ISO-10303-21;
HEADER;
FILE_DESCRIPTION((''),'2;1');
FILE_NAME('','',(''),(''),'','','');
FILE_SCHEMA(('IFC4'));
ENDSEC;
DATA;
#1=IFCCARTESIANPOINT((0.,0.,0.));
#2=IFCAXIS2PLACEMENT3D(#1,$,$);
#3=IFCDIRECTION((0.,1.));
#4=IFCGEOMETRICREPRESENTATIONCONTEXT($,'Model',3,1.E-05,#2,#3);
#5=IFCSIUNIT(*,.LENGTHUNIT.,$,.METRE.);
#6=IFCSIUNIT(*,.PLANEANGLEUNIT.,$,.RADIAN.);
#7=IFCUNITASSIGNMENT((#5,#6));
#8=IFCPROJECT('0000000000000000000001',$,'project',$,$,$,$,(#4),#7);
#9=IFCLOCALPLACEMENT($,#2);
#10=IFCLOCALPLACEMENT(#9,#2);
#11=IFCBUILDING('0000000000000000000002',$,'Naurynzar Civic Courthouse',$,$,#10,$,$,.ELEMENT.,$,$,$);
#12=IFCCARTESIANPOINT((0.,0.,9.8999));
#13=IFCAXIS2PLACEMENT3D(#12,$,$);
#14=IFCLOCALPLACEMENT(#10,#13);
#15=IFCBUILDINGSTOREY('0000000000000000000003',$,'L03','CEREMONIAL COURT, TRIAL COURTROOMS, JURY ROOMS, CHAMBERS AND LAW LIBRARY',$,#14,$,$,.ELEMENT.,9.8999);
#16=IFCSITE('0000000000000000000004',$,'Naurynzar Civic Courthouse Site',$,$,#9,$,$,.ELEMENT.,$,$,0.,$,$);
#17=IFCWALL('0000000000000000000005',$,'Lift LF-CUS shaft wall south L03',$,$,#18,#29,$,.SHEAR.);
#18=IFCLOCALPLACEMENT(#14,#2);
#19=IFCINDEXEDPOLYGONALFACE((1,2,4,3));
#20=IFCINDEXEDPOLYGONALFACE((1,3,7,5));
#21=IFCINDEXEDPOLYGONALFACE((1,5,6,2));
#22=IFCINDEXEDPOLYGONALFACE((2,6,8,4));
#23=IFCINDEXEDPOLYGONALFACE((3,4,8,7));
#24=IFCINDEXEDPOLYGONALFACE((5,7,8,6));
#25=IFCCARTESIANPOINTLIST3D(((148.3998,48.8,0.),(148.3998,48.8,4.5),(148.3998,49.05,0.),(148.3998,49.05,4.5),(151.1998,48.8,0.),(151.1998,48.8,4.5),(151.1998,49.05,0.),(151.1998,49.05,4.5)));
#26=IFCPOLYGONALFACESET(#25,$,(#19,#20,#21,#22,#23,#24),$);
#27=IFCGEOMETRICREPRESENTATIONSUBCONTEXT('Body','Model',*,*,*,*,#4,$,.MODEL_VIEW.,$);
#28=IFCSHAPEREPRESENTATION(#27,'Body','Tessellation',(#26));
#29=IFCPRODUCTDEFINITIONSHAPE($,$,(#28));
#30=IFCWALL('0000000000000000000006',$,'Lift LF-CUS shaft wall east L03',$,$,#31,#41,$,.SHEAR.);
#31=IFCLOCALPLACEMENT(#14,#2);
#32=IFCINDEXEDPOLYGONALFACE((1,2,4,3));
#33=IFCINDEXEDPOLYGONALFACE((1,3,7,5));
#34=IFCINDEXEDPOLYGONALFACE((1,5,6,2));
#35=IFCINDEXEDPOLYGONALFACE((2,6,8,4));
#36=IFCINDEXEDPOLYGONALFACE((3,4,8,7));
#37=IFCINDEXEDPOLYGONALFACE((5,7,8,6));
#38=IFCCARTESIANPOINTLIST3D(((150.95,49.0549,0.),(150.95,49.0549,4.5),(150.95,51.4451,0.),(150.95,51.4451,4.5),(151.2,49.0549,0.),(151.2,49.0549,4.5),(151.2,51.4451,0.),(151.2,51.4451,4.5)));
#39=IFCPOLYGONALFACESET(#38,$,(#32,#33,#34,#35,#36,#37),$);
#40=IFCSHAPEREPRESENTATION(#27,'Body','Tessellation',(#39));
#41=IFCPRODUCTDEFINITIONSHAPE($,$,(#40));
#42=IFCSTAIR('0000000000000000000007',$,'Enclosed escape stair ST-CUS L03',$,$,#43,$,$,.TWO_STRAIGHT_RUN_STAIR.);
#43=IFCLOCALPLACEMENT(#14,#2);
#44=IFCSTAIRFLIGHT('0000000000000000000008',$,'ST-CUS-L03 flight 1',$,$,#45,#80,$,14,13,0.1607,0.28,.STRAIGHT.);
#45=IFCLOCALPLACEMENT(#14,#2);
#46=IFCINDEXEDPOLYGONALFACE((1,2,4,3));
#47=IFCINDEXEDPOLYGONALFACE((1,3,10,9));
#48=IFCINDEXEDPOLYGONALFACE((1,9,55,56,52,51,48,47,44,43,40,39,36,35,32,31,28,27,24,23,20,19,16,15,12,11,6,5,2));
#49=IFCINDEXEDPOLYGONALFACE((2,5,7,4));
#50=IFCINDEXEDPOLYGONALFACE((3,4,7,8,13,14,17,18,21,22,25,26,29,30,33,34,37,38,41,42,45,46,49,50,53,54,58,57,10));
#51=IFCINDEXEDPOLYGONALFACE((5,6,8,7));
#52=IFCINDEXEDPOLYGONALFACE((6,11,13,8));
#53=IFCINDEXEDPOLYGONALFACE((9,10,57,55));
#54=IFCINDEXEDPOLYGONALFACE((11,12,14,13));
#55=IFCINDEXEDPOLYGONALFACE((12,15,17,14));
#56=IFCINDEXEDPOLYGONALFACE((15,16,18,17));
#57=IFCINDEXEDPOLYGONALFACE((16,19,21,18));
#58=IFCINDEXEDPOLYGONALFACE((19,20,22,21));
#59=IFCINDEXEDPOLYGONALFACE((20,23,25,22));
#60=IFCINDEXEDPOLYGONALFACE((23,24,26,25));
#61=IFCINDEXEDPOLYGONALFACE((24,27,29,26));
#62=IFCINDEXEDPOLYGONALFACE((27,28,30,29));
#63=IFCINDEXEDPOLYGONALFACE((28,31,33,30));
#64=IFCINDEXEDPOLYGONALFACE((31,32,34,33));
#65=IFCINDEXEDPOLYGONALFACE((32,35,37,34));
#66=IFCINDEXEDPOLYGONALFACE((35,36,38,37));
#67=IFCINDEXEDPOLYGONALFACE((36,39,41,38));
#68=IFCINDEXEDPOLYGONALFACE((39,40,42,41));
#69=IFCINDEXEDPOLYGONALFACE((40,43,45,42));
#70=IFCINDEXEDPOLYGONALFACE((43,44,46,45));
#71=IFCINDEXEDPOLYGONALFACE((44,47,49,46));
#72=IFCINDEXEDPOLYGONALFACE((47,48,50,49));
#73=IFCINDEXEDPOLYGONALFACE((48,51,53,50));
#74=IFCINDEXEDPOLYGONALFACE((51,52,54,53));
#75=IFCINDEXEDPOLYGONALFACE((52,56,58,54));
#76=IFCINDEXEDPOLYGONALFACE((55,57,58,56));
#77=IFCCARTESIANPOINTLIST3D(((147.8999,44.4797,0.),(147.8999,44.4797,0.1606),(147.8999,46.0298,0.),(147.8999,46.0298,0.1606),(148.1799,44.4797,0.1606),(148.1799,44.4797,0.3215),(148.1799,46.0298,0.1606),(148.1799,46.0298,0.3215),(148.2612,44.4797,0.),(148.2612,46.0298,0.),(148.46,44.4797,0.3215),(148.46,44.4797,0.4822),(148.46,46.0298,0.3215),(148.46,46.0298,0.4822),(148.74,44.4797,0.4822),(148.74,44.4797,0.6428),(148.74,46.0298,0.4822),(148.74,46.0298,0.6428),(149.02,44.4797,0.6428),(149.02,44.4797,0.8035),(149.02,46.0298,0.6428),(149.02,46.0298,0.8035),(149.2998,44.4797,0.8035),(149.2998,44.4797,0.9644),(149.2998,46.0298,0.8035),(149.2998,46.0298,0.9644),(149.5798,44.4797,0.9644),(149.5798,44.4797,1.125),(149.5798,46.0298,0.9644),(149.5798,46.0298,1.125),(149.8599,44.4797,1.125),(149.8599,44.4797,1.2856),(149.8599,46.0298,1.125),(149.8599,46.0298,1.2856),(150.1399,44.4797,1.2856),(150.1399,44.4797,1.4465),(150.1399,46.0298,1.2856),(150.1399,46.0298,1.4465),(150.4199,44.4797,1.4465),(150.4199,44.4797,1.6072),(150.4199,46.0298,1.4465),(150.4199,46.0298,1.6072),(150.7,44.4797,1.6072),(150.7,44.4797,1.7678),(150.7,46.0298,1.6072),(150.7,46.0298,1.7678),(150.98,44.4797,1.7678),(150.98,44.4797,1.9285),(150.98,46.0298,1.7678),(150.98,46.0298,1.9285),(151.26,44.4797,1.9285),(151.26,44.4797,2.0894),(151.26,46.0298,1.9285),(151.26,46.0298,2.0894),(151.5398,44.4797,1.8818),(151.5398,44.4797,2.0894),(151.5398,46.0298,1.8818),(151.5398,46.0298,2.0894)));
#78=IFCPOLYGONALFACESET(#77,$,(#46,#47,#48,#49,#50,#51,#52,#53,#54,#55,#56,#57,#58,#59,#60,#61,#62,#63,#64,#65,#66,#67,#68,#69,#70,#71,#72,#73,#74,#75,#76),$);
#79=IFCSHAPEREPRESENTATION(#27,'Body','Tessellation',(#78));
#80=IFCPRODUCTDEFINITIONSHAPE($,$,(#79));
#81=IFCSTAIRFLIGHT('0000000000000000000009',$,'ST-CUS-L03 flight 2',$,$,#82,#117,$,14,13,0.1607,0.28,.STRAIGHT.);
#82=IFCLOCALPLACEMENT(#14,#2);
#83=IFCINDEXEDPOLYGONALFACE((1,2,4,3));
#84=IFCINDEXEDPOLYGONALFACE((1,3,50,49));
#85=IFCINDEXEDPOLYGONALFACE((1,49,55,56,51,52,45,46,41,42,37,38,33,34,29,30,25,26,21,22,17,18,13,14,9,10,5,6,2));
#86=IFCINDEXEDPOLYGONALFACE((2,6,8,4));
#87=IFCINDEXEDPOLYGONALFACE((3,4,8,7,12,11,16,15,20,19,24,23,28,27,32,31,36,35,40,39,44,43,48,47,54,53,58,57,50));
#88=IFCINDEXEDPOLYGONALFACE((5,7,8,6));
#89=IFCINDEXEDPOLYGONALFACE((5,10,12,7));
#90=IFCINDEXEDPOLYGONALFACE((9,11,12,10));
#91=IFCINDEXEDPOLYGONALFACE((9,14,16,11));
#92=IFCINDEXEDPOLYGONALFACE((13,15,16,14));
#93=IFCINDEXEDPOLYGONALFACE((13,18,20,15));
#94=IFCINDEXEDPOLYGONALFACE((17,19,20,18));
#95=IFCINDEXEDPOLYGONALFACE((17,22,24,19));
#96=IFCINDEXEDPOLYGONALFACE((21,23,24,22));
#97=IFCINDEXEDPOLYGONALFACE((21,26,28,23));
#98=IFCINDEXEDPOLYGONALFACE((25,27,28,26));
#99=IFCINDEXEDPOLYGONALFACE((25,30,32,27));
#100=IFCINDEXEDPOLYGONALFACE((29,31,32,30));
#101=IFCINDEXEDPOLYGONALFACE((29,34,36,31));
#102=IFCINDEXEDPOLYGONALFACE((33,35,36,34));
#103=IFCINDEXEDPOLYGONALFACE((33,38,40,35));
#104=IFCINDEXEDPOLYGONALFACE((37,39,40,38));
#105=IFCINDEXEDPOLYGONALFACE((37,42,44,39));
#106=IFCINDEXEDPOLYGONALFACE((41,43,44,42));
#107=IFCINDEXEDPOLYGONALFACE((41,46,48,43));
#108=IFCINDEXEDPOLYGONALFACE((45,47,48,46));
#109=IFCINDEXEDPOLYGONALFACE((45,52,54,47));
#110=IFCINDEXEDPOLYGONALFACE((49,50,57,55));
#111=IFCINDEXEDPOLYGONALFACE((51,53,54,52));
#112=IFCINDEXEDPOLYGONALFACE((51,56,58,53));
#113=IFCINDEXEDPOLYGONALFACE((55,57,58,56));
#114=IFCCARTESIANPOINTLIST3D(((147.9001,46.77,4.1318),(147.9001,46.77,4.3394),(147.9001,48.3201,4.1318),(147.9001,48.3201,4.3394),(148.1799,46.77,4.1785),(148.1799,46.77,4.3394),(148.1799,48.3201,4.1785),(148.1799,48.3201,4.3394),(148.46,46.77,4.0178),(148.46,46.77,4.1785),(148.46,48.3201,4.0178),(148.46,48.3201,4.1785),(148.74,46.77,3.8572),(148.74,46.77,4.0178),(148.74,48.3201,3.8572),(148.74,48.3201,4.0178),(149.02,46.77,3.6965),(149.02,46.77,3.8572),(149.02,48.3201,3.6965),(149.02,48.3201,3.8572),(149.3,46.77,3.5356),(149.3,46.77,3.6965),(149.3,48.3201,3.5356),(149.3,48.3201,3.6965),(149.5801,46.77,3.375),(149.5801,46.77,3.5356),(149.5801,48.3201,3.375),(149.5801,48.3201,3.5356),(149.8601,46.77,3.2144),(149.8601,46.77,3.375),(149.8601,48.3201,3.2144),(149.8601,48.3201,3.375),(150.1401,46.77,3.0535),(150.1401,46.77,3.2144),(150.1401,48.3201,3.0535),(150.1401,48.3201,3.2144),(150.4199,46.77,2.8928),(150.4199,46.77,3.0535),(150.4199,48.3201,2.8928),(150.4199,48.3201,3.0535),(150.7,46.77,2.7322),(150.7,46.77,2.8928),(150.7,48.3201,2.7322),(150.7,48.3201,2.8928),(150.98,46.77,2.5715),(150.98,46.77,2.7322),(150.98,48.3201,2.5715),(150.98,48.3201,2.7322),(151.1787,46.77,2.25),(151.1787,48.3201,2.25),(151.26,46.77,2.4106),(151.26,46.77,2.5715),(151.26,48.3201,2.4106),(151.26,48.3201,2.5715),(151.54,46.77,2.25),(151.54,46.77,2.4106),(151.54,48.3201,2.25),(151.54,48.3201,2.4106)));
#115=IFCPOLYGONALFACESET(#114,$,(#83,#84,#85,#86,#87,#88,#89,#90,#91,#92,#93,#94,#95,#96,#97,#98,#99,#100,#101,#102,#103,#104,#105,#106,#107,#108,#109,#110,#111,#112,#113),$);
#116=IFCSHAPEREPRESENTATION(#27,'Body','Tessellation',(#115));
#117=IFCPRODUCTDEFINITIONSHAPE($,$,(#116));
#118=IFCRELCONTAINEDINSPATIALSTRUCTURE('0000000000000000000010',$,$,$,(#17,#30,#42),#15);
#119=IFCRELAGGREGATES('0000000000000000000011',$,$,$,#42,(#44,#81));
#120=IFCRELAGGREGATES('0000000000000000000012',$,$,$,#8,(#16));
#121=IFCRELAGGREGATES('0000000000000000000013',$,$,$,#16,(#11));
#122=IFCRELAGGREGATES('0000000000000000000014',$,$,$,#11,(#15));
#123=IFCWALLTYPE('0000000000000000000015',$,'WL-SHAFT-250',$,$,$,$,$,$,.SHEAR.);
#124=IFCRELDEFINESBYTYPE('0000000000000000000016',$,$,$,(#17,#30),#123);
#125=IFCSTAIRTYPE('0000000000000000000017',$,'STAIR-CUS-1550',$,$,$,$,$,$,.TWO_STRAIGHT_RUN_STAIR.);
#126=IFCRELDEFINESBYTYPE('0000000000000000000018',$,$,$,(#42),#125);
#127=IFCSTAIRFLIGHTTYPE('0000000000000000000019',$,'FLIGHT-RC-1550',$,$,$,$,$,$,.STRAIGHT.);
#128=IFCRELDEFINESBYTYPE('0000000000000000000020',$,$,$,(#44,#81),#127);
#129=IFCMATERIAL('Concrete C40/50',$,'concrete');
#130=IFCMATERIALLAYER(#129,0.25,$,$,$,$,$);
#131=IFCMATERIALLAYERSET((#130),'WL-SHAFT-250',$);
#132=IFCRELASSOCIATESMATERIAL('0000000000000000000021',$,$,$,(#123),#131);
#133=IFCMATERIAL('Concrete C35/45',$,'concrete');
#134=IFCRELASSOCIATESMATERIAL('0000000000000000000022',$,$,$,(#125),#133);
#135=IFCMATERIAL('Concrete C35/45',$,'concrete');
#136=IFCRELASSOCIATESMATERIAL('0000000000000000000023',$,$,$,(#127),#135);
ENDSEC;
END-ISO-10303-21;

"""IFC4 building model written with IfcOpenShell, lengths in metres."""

from ifc_helpers import new_model, si_unit, direction, frame, frame_2d, origin, place, context, subcontext, project, spatial, polyline, rectangle, outline, extrude, material, layer, layer_set, type_object, element, aggregate, save


model = new_model("IFC4")

# Units and contexts
model_context = context("Model", 3, precision=1e-05, world=origin(), true_north=direction((0.0, 1.0)))
body_context = subcontext(model_context, "Body", "Model", "MODEL_VIEW")
ifc_project = project(units=[si_unit("LENGTHUNIT", "METRE"), si_unit("PLANEANGLEUNIT", "RADIAN")], contexts=[model_context])

# Site, building, storey
site_placement = place(None, origin())
site = spatial("IfcSite", under=ifc_project, at=site_placement, Name="Naurynzar Civic Courthouse Site", CompositionType="ELEMENT", RefElevation=0.0)
building_placement = place(site_placement, origin())
building = spatial("IfcBuilding", under=site, at=building_placement, Name="Naurynzar Civic Courthouse", CompositionType="ELEMENT")
storey_placement = place(building_placement, frame((0.0, 0.0, 9.8999)))
storey = spatial("IfcBuildingStorey", under=building, at=storey_placement, Name="L03", Description="CEREMONIAL COURT, TRIAL COURTROOMS, JURY ROOMS, CHAMBERS AND LAW LIBRARY", CompositionType="ELEMENT", Elevation=9.8999)

# Walls
ifc_material_1 = material(Name="Concrete C40/50", Category="concrete")
ifc_layer_1 = layer(ifc_material_1, 0.25)
ifc_layer_set_1 = layer_set([ifc_layer_1], Name="WL-SHAFT-250")
wall_type_1 = type_object("IfcWallType", Name="WL-SHAFT-250", PredefinedType="SHEAR", material=ifc_layer_set_1)
wall_1_placement = place(storey_placement, frame((148.3999, 48.925, 0.0), z_axis=(0.0, 0.0, 1.0), x_axis=(1.0, 0.0, 0.0)))
element("IfcWall", 1, at=wall_1_placement, inside=storey, type_object=wall_type_1, Name="Lift LF-CUS shaft wall south L03", PredefinedType="SHEAR", context=body_context, shape_type="SweptSolid", body=[
    extrude(rectangle(XDim=2.8, YDim=0.25, at=frame_2d((1.3999, 0.0))), origin(), (0.0, 0.0, 1.0), 4.5),
])
wall_2_placement = place(storey_placement, frame((151.075, 49.0549, 0.0), z_axis=(0.0, 0.0, 1.0), x_axis=(0.0, 1.0, 0.0)))
element("IfcWall", 2, at=wall_2_placement, inside=storey, type_object=wall_type_1, Name="Lift LF-CUS shaft wall east L03", PredefinedType="SHEAR", context=body_context, shape_type="SweptSolid", body=[
    extrude(rectangle(XDim=2.3901, YDim=0.25, at=frame_2d((1.1951, 0.0))), origin(), (0.0, 0.0, 1.0), 4.5),
])

# Stair, stair flights
ifc_material_2 = material(Name="Concrete C35/45", Category="concrete")
stair_type = type_object("IfcStairType", Name="STAIR-CUS-1550", PredefinedType="TWO_STRAIGHT_RUN_STAIR", material=ifc_material_2)
stair_placement = place(storey_placement, origin())
stair = element("IfcStair", 3, at=stair_placement, inside=storey, type_object=stair_type, Name="Enclosed escape stair ST-CUS L03", PredefinedType="TWO_STRAIGHT_RUN_STAIR")
ifc_material_3 = material(Name="Concrete C35/45", Category="concrete")
stair_flight_type = type_object("IfcStairFlightType", Name="FLIGHT-RC-1550", PredefinedType="STRAIGHT", material=ifc_material_3)
stair_flight_1_placement = place(storey_placement, frame((147.8999, 45.2549, 0.0), z_axis=(0.0, 0.0, 1.0), x_axis=(1.0, 0.0, 0.0)))
stair_flight_1 = element("IfcStairFlight", 4, at=stair_flight_1_placement, type_object=stair_flight_type, Name="ST-CUS-L03 flight 1", NumberOfRisers=14, NumberOfTreads=13, PredefinedType="STRAIGHT", RiserHeight=0.1607, TreadLength=0.28, context=body_context, shape_type="SweptSolid", body=[
    extrude(outline(polyline([(0.0, 0.0), (0.0, 0.1606), (0.28, 0.1606), (0.28, 0.3215), (0.5601, 0.3215), (0.5601, 0.4822), (0.8401, 0.4822), (0.8401, 0.6428), (1.1201, 0.6428), (1.1201, 0.8035), (1.3999, 0.8035), (1.3999, 0.9644), (1.6799, 0.9644), (1.6799, 1.125), (1.96, 1.125), (1.96, 1.2856), (2.24, 1.2856), (2.24, 1.4465), (2.52, 1.4465), (2.52, 1.6072), (2.8, 1.6072), (2.8, 1.7678), (3.0801, 1.7678), (3.0801, 1.9285), (3.3601, 1.9285), (3.3601, 2.0894), (3.6399, 2.0894), (3.6399, 2.25), (3.6399, 1.8818), (0.3613, 0.0), (0.0, 0.0)])), frame((0.0, 0.7749, 0.0), z_axis=(0.0, -1.0, 0.0), x_axis=(1.0, 0.0, 0.0)), (0.0, 0.0, 1.0), 1.55),
])
stair_flight_2_placement = place(storey_placement, frame((151.54, 47.5449, 2.25), z_axis=(0.0, 0.0, 1.0), x_axis=(-1.0, 0.0, 0.0)))
stair_flight_2 = element("IfcStairFlight", 5, at=stair_flight_2_placement, type_object=stair_flight_type, Name="ST-CUS-L03 flight 2", NumberOfRisers=14, NumberOfTreads=13, PredefinedType="STRAIGHT", RiserHeight=0.1607, TreadLength=0.28, context=body_context, shape_type="SweptSolid", body=[
    extrude(outline(polyline([(0.0, 0.0), (0.0, 0.1606), (0.28, 0.1606), (0.28, 0.3215), (0.5601, 0.3215), (0.5601, 0.4822), (0.8401, 0.4822), (0.8401, 0.6428), (1.1201, 0.6428), (1.1201, 0.8035), (1.3999, 0.8035), (1.3999, 0.9644), (1.6799, 0.9644), (1.6799, 1.125), (1.96, 1.125), (1.96, 1.2856), (2.24, 1.2856), (2.24, 1.4465), (2.52, 1.4465), (2.52, 1.6072), (2.8, 1.6072), (2.8, 1.7678), (3.0801, 1.7678), (3.0801, 1.9285), (3.3601, 1.9285), (3.3601, 2.0894), (3.6399, 2.0894), (3.6399, 2.25), (3.6399, 1.8818), (0.3613, 0.0), (0.0, 0.0)])), frame((0.0, 0.7749, 0.0), z_axis=(0.0, -1.0, 0.0), x_axis=(1.0, 0.0, 0.0)), (0.0, 0.0, 1.0), 1.55),
])
aggregate(stair, [stair_flight_1, stair_flight_2])

save(model, "model.ifc")
